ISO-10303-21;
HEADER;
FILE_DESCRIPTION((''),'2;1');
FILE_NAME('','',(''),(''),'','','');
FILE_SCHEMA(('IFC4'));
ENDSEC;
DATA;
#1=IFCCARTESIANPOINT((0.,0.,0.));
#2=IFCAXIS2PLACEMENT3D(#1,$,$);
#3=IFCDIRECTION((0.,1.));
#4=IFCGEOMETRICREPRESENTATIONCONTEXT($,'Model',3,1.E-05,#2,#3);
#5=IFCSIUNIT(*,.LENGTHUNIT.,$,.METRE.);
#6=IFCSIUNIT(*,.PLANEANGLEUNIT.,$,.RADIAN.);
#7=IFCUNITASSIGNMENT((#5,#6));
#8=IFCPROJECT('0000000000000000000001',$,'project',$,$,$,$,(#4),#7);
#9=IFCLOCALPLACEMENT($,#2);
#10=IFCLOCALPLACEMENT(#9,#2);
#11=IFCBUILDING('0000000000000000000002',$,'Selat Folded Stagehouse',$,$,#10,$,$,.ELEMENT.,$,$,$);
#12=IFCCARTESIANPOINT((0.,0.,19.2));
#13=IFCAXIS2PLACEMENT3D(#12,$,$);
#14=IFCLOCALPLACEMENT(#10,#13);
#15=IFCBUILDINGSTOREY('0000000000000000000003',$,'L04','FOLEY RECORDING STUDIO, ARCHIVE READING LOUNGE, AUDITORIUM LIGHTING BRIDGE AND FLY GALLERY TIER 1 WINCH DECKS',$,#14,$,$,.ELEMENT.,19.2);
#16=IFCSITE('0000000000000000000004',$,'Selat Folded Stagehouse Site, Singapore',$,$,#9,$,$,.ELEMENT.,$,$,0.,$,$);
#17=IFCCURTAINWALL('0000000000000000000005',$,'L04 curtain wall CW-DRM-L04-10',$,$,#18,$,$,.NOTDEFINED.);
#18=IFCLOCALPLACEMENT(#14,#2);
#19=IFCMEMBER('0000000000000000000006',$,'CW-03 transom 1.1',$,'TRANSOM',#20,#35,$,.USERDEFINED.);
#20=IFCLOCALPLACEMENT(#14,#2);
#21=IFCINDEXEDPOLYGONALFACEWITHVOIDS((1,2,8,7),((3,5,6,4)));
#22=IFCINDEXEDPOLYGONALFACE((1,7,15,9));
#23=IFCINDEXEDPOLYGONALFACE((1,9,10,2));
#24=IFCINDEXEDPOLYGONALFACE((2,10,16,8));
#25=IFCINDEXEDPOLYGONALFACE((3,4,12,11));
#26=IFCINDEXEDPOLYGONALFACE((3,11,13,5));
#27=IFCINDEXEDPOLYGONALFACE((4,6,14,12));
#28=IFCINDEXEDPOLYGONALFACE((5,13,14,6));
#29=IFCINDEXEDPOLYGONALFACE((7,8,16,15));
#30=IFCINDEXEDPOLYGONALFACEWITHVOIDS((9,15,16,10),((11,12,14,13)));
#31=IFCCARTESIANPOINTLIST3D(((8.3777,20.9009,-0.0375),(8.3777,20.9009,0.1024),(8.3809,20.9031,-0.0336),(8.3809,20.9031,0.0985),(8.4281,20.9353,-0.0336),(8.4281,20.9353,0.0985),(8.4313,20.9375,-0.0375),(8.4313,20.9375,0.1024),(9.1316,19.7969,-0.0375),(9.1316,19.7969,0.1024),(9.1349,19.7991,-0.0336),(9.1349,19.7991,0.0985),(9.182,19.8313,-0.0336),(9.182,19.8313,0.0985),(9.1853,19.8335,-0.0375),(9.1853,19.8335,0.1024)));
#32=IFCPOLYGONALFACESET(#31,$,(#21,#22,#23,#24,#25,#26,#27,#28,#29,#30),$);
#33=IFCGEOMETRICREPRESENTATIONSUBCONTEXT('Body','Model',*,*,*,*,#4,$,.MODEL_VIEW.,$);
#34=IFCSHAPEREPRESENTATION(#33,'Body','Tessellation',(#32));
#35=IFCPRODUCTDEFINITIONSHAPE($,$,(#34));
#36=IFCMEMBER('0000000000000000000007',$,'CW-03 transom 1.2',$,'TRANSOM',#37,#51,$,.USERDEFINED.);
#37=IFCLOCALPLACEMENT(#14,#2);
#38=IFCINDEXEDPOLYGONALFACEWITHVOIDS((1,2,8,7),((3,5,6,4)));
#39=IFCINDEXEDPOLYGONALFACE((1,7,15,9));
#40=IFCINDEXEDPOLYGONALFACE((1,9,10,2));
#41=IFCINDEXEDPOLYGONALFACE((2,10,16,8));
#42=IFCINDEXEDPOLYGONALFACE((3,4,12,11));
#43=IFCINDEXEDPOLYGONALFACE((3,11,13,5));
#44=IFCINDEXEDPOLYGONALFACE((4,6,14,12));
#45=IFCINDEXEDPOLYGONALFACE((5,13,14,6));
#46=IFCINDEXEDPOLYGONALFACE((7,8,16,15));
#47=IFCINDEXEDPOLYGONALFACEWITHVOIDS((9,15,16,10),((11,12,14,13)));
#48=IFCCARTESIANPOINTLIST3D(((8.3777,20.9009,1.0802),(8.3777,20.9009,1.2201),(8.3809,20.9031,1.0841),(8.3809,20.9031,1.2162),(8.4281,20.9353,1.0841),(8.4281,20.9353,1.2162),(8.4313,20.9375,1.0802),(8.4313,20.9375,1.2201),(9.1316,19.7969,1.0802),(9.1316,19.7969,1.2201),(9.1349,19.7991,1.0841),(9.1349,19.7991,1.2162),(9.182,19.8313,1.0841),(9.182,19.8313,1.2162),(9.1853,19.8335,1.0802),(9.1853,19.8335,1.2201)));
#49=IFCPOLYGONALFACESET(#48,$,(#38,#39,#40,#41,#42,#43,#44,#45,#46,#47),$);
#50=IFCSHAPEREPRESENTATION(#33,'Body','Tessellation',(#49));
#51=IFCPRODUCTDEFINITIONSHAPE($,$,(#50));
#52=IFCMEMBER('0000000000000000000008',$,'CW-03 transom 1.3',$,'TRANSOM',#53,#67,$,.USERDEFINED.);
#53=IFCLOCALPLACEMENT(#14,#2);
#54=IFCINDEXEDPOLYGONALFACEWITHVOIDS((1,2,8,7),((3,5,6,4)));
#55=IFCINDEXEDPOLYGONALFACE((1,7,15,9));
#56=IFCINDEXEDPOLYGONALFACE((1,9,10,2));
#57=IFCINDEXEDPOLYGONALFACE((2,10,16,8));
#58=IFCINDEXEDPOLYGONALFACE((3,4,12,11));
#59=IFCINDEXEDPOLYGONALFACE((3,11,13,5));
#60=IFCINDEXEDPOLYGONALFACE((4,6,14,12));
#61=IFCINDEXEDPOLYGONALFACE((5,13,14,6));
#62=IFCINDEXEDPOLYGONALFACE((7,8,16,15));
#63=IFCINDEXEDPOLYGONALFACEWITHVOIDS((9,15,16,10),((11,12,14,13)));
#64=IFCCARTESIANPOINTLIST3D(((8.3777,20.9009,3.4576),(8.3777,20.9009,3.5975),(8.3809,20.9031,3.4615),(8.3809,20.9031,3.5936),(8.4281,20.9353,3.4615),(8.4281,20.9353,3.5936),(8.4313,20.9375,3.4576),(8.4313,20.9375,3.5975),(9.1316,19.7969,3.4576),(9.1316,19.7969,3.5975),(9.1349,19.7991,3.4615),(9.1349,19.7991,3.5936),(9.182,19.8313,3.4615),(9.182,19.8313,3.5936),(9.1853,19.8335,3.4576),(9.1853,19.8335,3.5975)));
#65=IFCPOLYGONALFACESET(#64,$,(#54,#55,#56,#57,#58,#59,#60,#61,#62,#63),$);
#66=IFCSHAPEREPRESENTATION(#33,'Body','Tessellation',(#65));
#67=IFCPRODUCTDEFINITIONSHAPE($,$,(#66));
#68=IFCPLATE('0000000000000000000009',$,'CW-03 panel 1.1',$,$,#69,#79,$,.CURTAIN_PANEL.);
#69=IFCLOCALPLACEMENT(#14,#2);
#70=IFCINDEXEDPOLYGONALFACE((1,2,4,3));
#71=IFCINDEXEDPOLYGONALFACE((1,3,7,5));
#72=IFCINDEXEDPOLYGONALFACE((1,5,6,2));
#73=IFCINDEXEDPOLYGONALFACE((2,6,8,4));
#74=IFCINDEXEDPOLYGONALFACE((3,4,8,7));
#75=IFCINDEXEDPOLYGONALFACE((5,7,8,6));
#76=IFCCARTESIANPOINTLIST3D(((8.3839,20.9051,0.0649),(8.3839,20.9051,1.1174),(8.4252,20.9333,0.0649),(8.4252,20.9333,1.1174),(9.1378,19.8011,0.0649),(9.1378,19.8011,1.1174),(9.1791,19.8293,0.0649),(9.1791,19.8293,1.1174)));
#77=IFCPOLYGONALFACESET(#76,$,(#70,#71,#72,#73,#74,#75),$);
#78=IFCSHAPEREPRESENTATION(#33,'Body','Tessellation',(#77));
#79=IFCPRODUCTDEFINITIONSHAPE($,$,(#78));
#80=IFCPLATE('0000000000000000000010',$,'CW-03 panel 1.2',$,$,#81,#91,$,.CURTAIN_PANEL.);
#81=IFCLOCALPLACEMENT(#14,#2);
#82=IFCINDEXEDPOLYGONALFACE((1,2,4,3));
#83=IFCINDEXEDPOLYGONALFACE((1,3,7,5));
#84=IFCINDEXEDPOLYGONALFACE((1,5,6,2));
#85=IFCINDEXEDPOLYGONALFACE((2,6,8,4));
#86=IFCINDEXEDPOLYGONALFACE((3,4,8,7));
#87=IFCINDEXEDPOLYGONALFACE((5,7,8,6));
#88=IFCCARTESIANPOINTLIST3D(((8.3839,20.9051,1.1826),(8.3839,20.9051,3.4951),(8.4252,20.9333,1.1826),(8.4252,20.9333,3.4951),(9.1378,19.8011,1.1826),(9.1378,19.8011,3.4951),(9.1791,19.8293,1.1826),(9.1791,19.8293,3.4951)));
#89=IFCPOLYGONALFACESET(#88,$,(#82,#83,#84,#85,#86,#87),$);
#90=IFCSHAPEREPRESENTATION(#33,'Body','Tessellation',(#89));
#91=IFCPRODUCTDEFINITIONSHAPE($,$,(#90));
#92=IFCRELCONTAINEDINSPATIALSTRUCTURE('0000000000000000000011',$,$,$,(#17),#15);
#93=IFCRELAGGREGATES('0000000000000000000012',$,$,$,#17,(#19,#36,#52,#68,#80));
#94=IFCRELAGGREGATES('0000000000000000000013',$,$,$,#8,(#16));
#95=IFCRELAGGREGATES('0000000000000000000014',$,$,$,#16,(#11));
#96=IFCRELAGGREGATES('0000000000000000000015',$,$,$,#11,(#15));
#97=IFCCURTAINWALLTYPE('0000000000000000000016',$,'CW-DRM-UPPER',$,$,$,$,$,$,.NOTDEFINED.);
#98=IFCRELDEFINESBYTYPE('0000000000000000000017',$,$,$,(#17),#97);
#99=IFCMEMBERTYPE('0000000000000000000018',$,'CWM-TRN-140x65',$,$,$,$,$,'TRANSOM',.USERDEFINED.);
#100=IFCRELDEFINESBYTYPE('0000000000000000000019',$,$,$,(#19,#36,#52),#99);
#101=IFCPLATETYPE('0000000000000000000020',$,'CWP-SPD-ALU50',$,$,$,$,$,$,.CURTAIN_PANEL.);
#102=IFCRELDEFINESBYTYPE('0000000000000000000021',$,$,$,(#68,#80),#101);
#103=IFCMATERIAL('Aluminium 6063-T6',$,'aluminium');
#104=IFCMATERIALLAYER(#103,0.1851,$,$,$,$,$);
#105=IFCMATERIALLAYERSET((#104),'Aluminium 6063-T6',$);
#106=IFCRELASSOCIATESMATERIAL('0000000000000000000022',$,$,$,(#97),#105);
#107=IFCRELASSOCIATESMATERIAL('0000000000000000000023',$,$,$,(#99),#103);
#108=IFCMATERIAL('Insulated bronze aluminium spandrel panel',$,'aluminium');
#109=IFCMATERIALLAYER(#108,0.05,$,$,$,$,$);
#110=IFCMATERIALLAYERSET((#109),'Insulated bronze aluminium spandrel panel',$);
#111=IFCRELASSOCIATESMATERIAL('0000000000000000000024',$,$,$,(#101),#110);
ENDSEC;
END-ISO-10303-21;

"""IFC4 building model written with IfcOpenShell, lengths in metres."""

from ifc_helpers import new_model, si_unit, direction, frame, origin, origin_2d, place, context, subcontext, project, spatial, rectangle, hollow_rectangle, extrude, material, layer, layer_set, material_profile, profile_set, type_object, element, aggregate, save


model = new_model("IFC4")

# Units and contexts
model_context = context("Model", 3, precision=1e-05, world=origin(), true_north=direction((0.0, 1.0)))
body_context = subcontext(model_context, "Body", "Model", "MODEL_VIEW")
ifc_project = project(units=[si_unit("LENGTHUNIT", "METRE"), si_unit("PLANEANGLEUNIT", "RADIAN")], contexts=[model_context])

# Site, building, storey
site_placement = place(None, origin())
site = spatial("IfcSite", under=ifc_project, at=site_placement, Name="Selat Folded Stagehouse Site, Singapore", CompositionType="ELEMENT", RefElevation=0.0)
building_placement = place(site_placement, origin())
building = spatial("IfcBuilding", under=site, at=building_placement, Name="Selat Folded Stagehouse", CompositionType="ELEMENT")
storey_placement = place(building_placement, frame((0.0, 0.0, 19.2)))
storey = spatial("IfcBuildingStorey", under=building, at=storey_placement, Name="L04", Description="FOLEY RECORDING STUDIO, ARCHIVE READING LOUNGE, AUDITORIUM LIGHTING BRIDGE AND FLY GALLERY TIER 1 WINCH DECKS", CompositionType="ELEMENT", Elevation=19.2)

# Curtain wall, members, plates
ifc_material_1 = material(Name="Aluminium 6063-T6", Category="aluminium")
ifc_layer_1 = layer(ifc_material_1, 0.1851)
ifc_layer_set_1 = layer_set([ifc_layer_1], Name="Aluminium 6063-T6")
curtain_wall_type = type_object("IfcCurtainWallType", Name="CW-DRM-UPPER", PredefinedType="NOTDEFINED", material=ifc_layer_set_1)
curtain_wall_placement = place(storey_placement, origin())
curtain_wall = element("IfcCurtainWall", 1, at=curtain_wall_placement, inside=storey, type_object=curtain_wall_type, Name="L04 curtain wall CW-DRM-L04-10", PredefinedType="NOTDEFINED")
ifc_material_profile_1 = material_profile(ifc_material_1, hollow_rectangle(XDim=0.0649, YDim=0.1399, WallThickness=0.0039, at=origin_2d()), Name="ALU 140x65x4.0")
ifc_profile_set_1 = profile_set([ifc_material_profile_1], Name="Aluminium 6063-T6")
member_type = type_object("IfcMemberType", Name="CWM-TRN-140x65", ElementType="TRANSOM", PredefinedType="USERDEFINED", material=ifc_profile_set_1)
member_1_placement = place(storey_placement, frame((9.1584, 19.8152, 0.0325), z_axis=(-0.563937, 0.825818, 0.0), x_axis=(-0.825818, -0.563937, 0.0)))
member_1 = element("IfcMember", 2, at=member_1_placement, type_object=member_type, Name="CW-03 transom 1.1", ObjectType="TRANSOM", PredefinedType="USERDEFINED", context=body_context, shape_type="SweptSolid", body=[
    extrude(hollow_rectangle(XDim=0.0649, YDim=0.1399, WallThickness=0.0039, at=origin_2d()), origin(), (0.0, 0.0, 1.0), 1.3369),
])
member_2_placement = place(storey_placement, frame((9.1584, 19.8152, 1.1501), z_axis=(-0.563937, 0.825818, 0.0), x_axis=(-0.825818, -0.563937, 0.0)))
member_2 = element("IfcMember", 3, at=member_2_placement, type_object=member_type, Name="CW-03 transom 1.2", ObjectType="TRANSOM", PredefinedType="USERDEFINED", context=body_context, shape_type="SweptSolid", body=[
    extrude(hollow_rectangle(XDim=0.0649, YDim=0.1399, WallThickness=0.0039, at=origin_2d()), origin(), (0.0, 0.0, 1.0), 1.3369),
])
member_3_placement = place(storey_placement, frame((9.1584, 19.8152, 3.5276), z_axis=(-0.563937, 0.825818, 0.0), x_axis=(-0.825818, -0.563937, 0.0)))
member_3 = element("IfcMember", 4, at=member_3_placement, type_object=member_type, Name="CW-03 transom 1.3", ObjectType="TRANSOM", PredefinedType="USERDEFINED", context=body_context, shape_type="SweptSolid", body=[
    extrude(hollow_rectangle(XDim=0.0649, YDim=0.1399, WallThickness=0.0039, at=origin_2d()), origin(), (0.0, 0.0, 1.0), 1.3369),
])
ifc_material_2 = material(Name="Insulated bronze aluminium spandrel panel", Category="aluminium")
ifc_layer_2 = layer(ifc_material_2, 0.05)
ifc_layer_set_2 = layer_set([ifc_layer_2], Name="Insulated bronze aluminium spandrel panel")
plate_type = type_object("IfcPlateType", Name="CWP-SPD-ALU50", PredefinedType="CURTAIN_PANEL", material=ifc_layer_set_2)
plate_1_placement = place(storey_placement, frame((8.7815, 20.3672, 0.0649), z_axis=(0.0, 0.0, 1.0), x_axis=(-0.563948, 0.82581, 0.0)))
plate_1 = element("IfcPlate", 5, at=plate_1_placement, type_object=plate_type, Name="CW-03 panel 1.1", PredefinedType="CURTAIN_PANEL", context=body_context, shape_type="SweptSolid", body=[
    extrude(rectangle(XDim=1.3369, YDim=0.05, at=origin_2d()), origin(), (0.0, 0.0, 1.0), 1.0525),
])
plate_2_placement = place(storey_placement, frame((8.7815, 20.3672, 1.1826), z_axis=(0.0, 0.0, 1.0), x_axis=(-0.563948, 0.82581, 0.0)))
plate_2 = element("IfcPlate", 6, at=plate_2_placement, type_object=plate_type, Name="CW-03 panel 1.2", PredefinedType="CURTAIN_PANEL", context=body_context, shape_type="SweptSolid", body=[
    extrude(rectangle(XDim=1.3369, YDim=0.05, at=origin_2d()), origin(), (0.0, 0.0, 1.0), 2.3125),
])
aggregate(curtain_wall, [member_1, member_2, member_3, plate_1, plate_2])

save(model, "model.ifc")
